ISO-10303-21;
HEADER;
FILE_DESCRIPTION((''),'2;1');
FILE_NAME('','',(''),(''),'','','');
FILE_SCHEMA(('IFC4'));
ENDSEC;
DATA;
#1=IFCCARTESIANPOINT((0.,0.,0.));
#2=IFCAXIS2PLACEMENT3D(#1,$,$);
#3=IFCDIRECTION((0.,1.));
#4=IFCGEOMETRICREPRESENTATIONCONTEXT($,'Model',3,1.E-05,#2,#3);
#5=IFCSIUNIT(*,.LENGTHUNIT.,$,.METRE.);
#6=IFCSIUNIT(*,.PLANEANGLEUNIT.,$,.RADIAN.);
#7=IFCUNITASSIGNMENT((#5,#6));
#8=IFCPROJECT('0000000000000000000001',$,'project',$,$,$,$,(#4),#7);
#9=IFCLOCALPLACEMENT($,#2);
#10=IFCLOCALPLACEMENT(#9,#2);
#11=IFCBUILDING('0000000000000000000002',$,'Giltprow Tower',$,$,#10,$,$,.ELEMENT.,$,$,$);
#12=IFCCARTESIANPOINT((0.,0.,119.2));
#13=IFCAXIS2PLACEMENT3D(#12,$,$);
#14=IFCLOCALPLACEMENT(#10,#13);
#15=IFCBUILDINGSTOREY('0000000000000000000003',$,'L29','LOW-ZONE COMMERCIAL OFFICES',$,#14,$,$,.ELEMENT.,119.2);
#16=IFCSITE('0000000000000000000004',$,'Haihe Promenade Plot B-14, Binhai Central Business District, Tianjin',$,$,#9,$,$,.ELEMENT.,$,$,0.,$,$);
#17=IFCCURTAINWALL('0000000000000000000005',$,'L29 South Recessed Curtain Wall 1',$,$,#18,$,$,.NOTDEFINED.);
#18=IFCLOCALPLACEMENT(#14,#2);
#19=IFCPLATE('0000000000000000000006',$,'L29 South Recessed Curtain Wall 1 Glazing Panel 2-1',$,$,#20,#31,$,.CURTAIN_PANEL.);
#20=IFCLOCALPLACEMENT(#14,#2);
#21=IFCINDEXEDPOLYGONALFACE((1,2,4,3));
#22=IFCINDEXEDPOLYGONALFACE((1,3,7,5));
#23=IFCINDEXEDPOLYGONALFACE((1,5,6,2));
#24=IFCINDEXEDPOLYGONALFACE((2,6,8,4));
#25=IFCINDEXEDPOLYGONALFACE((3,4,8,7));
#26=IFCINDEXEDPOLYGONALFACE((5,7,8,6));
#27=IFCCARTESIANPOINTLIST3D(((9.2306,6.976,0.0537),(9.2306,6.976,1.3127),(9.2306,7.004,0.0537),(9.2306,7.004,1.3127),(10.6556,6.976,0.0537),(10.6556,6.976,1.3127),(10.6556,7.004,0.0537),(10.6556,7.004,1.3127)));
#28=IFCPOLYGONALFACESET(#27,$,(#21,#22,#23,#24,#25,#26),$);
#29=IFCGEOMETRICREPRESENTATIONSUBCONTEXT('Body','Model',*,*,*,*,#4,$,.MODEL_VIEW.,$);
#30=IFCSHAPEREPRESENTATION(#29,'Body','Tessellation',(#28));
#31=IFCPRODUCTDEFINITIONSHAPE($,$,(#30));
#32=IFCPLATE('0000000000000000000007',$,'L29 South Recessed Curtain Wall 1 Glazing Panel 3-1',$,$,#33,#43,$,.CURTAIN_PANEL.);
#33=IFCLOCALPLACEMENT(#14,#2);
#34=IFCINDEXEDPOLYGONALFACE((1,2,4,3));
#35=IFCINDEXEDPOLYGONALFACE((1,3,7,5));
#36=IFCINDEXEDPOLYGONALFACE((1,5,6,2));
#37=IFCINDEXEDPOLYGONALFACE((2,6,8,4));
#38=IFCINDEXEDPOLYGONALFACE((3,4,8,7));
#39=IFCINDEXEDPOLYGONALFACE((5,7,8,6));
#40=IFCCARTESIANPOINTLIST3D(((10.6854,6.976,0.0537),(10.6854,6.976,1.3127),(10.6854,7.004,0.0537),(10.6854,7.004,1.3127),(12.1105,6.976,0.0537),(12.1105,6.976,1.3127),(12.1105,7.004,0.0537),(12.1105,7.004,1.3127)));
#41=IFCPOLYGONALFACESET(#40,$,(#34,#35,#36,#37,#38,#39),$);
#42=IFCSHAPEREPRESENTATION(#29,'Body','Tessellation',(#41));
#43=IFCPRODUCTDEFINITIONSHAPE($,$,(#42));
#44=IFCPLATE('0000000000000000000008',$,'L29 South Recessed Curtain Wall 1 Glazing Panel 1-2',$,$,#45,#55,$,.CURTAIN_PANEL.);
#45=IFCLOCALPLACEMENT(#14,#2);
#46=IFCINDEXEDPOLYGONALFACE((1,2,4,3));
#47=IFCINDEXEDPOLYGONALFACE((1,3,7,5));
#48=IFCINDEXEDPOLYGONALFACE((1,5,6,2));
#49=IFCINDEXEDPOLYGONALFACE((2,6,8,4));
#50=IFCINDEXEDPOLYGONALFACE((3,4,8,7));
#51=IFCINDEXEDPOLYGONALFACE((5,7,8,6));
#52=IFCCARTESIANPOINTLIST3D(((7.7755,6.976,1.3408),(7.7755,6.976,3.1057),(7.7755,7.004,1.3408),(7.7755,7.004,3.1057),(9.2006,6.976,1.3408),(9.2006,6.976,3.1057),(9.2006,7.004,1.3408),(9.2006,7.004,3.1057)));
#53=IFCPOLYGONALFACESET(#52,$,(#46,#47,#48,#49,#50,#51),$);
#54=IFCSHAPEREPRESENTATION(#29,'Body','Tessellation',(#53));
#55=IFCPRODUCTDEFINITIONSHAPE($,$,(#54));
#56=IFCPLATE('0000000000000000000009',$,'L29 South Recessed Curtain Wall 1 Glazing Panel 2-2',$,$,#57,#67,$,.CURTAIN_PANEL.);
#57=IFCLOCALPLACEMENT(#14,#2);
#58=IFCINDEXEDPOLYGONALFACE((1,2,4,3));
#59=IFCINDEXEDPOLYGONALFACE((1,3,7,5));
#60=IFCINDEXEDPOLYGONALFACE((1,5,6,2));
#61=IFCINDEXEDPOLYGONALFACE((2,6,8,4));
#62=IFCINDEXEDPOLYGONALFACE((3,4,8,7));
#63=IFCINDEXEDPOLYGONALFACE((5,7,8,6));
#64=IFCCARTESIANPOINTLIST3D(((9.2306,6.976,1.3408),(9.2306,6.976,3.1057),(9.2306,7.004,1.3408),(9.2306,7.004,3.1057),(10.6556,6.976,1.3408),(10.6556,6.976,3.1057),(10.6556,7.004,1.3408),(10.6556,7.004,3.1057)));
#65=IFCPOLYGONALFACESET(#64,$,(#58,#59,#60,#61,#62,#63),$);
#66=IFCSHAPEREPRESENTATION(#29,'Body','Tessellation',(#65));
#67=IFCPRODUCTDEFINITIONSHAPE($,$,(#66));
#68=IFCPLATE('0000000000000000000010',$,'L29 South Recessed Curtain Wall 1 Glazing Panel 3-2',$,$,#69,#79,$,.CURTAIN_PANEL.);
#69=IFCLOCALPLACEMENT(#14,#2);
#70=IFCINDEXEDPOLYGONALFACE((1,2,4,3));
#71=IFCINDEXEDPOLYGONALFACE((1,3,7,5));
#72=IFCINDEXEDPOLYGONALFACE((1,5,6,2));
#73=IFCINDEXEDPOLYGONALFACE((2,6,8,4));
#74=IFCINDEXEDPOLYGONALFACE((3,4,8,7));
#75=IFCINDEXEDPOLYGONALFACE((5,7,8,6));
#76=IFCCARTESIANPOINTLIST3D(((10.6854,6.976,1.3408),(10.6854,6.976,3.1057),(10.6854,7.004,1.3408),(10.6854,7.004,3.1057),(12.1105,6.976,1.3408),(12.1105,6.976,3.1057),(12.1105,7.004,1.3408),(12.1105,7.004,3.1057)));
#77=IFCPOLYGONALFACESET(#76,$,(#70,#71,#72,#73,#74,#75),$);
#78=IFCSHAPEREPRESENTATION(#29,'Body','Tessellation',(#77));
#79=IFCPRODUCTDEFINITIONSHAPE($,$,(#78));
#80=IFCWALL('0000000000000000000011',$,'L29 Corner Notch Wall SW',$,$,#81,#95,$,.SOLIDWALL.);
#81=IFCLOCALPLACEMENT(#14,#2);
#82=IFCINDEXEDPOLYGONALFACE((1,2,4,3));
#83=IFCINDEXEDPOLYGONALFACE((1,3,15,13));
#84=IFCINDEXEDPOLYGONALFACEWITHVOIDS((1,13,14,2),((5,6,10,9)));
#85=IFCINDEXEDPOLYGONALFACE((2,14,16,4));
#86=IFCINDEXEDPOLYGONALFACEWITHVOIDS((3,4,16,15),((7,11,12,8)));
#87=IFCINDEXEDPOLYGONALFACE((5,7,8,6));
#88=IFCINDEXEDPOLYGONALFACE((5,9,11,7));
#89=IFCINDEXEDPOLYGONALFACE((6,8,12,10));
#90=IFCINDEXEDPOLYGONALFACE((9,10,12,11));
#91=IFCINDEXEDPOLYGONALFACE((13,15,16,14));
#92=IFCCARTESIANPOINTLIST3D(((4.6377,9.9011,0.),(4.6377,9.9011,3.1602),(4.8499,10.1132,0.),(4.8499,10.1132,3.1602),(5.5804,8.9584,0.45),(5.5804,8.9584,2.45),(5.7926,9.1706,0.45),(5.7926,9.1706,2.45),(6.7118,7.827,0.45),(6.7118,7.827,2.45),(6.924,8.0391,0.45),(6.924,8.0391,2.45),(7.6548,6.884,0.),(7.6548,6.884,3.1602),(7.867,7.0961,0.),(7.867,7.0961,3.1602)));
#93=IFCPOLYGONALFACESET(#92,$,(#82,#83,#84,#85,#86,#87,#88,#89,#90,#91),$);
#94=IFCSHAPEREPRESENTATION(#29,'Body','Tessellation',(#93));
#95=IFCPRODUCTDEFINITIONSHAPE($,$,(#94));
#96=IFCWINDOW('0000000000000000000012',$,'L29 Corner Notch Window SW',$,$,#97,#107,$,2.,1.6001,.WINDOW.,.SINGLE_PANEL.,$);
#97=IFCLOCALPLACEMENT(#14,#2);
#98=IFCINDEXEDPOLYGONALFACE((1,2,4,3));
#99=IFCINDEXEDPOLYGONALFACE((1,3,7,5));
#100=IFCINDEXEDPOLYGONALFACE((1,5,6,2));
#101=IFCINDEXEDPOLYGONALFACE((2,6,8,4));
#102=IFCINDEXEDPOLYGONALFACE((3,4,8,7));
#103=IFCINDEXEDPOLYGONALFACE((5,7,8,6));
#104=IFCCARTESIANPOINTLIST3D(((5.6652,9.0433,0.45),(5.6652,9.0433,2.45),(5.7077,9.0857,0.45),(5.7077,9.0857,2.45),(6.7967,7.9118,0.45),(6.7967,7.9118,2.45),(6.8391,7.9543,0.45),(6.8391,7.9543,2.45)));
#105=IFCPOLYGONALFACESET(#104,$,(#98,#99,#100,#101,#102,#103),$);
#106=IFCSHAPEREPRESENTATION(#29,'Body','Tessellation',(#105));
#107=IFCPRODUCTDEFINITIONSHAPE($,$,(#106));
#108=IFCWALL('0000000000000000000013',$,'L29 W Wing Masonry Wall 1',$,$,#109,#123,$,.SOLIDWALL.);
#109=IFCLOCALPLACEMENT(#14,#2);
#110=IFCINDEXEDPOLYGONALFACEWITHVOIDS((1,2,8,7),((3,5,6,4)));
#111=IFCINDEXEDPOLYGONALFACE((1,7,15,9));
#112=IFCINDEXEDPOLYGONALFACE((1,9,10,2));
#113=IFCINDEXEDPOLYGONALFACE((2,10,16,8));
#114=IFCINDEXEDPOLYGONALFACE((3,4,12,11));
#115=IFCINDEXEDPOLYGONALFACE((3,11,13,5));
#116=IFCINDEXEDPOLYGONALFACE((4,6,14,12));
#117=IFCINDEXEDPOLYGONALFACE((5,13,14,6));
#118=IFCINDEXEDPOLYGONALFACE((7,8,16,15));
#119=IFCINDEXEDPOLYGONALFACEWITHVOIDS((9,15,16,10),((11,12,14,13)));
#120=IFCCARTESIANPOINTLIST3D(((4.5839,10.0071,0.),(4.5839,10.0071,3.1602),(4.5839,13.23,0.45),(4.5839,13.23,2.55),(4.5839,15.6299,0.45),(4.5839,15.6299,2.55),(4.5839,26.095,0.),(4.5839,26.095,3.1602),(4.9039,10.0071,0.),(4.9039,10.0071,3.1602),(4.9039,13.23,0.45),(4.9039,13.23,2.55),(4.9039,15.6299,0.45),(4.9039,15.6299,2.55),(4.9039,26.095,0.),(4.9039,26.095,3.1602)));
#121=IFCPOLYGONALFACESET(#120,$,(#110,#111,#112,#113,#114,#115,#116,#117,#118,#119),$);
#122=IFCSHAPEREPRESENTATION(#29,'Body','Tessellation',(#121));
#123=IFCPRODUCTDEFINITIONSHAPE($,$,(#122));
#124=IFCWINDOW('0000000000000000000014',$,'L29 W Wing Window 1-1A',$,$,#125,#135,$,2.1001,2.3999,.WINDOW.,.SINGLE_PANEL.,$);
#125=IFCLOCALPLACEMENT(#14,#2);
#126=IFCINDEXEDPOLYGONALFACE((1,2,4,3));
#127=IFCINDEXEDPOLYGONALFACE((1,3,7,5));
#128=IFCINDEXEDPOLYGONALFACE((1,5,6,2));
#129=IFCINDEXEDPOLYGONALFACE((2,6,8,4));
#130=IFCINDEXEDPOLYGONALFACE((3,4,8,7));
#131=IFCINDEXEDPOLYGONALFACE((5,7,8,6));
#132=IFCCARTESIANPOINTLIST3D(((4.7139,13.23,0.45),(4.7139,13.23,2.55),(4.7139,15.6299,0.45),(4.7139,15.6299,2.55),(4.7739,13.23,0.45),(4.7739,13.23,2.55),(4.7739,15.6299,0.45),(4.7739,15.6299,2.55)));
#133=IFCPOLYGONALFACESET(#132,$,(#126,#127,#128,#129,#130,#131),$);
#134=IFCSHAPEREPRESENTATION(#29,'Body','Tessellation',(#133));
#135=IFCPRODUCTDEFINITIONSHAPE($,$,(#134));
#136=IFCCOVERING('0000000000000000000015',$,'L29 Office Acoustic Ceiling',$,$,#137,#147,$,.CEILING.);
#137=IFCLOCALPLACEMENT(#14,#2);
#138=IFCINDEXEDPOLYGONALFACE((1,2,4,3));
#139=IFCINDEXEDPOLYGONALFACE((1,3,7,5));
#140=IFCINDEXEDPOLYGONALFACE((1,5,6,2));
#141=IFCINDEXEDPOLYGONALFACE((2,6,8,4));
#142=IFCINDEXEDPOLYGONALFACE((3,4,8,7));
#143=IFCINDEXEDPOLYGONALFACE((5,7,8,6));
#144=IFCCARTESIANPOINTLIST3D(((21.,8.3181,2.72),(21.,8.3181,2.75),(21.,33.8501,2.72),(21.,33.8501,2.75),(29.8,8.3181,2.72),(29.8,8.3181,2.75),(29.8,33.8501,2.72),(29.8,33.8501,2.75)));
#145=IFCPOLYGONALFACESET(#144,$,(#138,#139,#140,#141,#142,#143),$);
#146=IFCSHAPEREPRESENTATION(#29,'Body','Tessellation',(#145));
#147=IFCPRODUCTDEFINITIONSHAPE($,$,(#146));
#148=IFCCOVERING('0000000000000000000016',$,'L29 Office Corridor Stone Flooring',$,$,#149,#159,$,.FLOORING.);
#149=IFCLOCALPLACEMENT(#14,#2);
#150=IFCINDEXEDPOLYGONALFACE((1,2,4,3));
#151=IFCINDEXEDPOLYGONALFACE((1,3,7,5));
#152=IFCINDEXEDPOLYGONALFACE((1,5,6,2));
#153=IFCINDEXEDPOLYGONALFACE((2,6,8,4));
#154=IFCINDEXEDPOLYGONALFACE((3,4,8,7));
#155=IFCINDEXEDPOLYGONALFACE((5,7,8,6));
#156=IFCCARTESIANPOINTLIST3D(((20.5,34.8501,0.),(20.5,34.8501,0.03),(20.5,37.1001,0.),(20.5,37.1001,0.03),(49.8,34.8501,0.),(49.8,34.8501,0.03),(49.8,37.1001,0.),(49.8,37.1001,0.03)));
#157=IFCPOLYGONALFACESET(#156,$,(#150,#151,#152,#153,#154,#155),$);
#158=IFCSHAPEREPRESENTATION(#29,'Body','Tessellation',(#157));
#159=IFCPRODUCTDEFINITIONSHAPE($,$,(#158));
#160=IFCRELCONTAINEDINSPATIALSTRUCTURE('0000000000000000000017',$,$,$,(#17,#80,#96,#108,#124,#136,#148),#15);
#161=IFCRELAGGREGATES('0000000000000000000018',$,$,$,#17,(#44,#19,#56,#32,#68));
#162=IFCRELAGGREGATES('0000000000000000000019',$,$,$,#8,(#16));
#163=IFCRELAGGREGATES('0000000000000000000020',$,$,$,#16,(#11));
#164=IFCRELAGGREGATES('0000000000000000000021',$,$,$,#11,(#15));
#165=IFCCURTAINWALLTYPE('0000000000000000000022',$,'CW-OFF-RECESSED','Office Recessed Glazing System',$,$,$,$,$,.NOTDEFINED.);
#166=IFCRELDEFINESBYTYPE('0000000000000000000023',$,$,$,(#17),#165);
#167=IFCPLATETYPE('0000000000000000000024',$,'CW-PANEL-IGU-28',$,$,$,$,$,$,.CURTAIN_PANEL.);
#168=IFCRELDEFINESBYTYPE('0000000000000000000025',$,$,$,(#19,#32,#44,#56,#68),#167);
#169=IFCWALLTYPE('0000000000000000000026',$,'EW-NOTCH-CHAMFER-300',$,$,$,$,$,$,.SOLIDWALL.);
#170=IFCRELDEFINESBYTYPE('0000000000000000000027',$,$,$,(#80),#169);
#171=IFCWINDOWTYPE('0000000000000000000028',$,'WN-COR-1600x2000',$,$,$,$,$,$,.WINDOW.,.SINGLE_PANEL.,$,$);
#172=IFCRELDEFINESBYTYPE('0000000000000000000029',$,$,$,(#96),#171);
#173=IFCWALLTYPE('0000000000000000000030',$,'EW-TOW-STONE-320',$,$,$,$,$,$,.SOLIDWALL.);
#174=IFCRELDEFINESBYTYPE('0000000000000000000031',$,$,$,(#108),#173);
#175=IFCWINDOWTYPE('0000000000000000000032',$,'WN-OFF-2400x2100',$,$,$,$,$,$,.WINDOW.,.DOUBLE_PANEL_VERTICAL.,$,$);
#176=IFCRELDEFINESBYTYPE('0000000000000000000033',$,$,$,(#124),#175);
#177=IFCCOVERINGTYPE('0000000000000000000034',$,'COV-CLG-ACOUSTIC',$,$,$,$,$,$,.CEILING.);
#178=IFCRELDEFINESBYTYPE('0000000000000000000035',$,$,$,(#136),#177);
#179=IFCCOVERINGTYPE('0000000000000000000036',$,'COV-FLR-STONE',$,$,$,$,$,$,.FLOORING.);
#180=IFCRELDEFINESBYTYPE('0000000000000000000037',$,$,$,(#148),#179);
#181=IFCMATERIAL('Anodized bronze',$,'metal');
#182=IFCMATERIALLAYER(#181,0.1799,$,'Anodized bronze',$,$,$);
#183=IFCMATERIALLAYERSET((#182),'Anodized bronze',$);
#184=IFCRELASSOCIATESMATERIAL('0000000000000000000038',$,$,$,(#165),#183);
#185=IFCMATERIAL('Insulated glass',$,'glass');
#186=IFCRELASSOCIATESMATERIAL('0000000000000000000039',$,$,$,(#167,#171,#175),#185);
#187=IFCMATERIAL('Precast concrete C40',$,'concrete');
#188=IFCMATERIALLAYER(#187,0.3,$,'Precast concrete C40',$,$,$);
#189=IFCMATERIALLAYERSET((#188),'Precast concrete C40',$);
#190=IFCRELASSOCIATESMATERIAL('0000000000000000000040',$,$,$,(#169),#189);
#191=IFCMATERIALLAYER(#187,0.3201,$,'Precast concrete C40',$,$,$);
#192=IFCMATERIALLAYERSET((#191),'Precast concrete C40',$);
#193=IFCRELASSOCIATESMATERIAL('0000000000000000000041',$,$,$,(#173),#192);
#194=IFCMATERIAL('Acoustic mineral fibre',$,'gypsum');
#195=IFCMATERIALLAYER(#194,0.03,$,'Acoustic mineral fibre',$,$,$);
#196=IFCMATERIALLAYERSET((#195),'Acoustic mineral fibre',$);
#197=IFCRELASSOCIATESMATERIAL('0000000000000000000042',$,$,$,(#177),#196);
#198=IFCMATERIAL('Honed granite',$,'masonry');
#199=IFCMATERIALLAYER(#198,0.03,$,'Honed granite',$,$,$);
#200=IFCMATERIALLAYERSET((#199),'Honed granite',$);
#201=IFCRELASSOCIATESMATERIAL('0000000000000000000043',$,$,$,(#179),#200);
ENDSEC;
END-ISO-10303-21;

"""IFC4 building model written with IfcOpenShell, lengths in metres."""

from ifc_helpers import new_model, si_unit, direction, frame, frame_2d, origin, origin_2d, place, context, subcontext, project, spatial, polyline, rectangle, outline, extrude, source, transform, mapped, material, layer, layer_set, type_object, element, fill, aggregate, save


model = new_model("IFC4")

# Units and contexts
model_context = context("Model", 3, precision=1e-05, world=origin(), true_north=direction((0.0, 1.0)))
body_context = subcontext(model_context, "Body", "Model", "MODEL_VIEW")
ifc_project = project(units=[si_unit("LENGTHUNIT", "METRE"), si_unit("PLANEANGLEUNIT", "RADIAN")], contexts=[model_context])

# Site, building, storey
site_placement = place(None, origin())
site = spatial("IfcSite", under=ifc_project, at=site_placement, Name="Haihe Promenade Plot B-14, Binhai Central Business District, Tianjin", CompositionType="ELEMENT", RefElevation=0.0)
building_placement = place(site_placement, origin())
building = spatial("IfcBuilding", under=site, at=building_placement, Name="Giltprow Tower", CompositionType="ELEMENT")
storey_placement = place(building_placement, frame((0.0, 0.0, 119.2)))
storey = spatial("IfcBuildingStorey", under=building, at=storey_placement, Name="L29", Description="LOW-ZONE COMMERCIAL OFFICES", CompositionType="ELEMENT", Elevation=119.2)

# Curtain wall
ifc_material_1 = material(Name="Anodized bronze", Category="metal")
ifc_layer_1 = layer(ifc_material_1, 0.1799, Name="Anodized bronze")
ifc_layer_set_1 = layer_set([ifc_layer_1], Name="Anodized bronze")
curtain_wall_type = type_object("IfcCurtainWallType", Name="CW-OFF-RECESSED", Description="Office Recessed Glazing System", PredefinedType="NOTDEFINED", material=ifc_layer_set_1)
curtain_wall_placement = place(storey_placement, origin())
curtain_wall = element("IfcCurtainWall", 1, at=curtain_wall_placement, inside=storey, type_object=curtain_wall_type, Name="L29 South Recessed Curtain Wall 1", PredefinedType="NOTDEFINED")

# Plates
ifc_material_2 = material(Name="Insulated glass", Category="glass")
plate_type_1 = type_object("IfcPlateType", Name="CW-PANEL-IGU-28", PredefinedType="CURTAIN_PANEL", material=ifc_material_2)
shared_shape_1 = source(origin(), body_context, "Body", "SweptSolid", [
    extrude(rectangle(XDim=1.425, YDim=0.0281, at=origin_2d()), origin(), (0.0, 0.0, 1.0), 1.259),
])
plate_1_placement = place(storey_placement, frame((9.9431, 6.99, 0.0537), z_axis=(0.0, 0.0, 1.0), x_axis=(1.0, 0.0, 0.0)))
plate_1 = element("IfcPlate", 2, at=plate_1_placement, type_object=plate_type_1, Name="L29 South Recessed Curtain Wall 1 Glazing Panel 2-1", PredefinedType="CURTAIN_PANEL", context=body_context, shape_type="MappedRepresentation", body=[
    mapped(shared_shape_1, transform((0.0, 0.0, 0.0), x_axis=(1.0, 0.0, 0.0), y_axis=(0.0, 1.0, 0.0), z_axis=(0.0, 0.0, 1.0), scale=1.0)),
])
plate_2_placement = place(storey_placement, frame((11.3979, 6.99, 0.0537), z_axis=(0.0, 0.0, 1.0), x_axis=(1.0, 0.0, 0.0)))
plate_2 = element("IfcPlate", 3, at=plate_2_placement, type_object=plate_type_1, Name="L29 South Recessed Curtain Wall 1 Glazing Panel 3-1", PredefinedType="CURTAIN_PANEL", context=body_context, shape_type="MappedRepresentation", body=[
    mapped(shared_shape_1, transform((0.0, 0.0, 0.0), x_axis=(1.0, 0.0, 0.0), y_axis=(0.0, 1.0, 0.0), z_axis=(0.0, 0.0, 1.0), scale=1.0)),
])
shared_shape_2 = source(origin(), body_context, "Body", "SweptSolid", [
    extrude(rectangle(XDim=1.425, YDim=0.0281, at=origin_2d()), origin(), (0.0, 0.0, 1.0), 1.7649),
])
plate_3_placement = place(storey_placement, frame((8.488, 6.99, 1.3408), z_axis=(0.0, 0.0, 1.0), x_axis=(1.0, 0.0, 0.0)))
plate_3 = element("IfcPlate", 4, at=plate_3_placement, type_object=plate_type_1, Name="L29 South Recessed Curtain Wall 1 Glazing Panel 1-2", PredefinedType="CURTAIN_PANEL", context=body_context, shape_type="MappedRepresentation", body=[
    mapped(shared_shape_2, transform((0.0, 0.0, 0.0), x_axis=(1.0, 0.0, 0.0), y_axis=(0.0, 1.0, 0.0), z_axis=(0.0, 0.0, 1.0), scale=1.0)),
])
plate_4_placement = place(storey_placement, frame((9.9431, 6.99, 1.3408), z_axis=(0.0, 0.0, 1.0), x_axis=(1.0, 0.0, 0.0)))
plate_4 = element("IfcPlate", 5, at=plate_4_placement, type_object=plate_type_1, Name="L29 South Recessed Curtain Wall 1 Glazing Panel 2-2", PredefinedType="CURTAIN_PANEL", context=body_context, shape_type="MappedRepresentation", body=[
    mapped(shared_shape_2, transform((0.0, 0.0, 0.0), x_axis=(1.0, 0.0, 0.0), y_axis=(0.0, 1.0, 0.0), z_axis=(0.0, 0.0, 1.0), scale=1.0)),
])
plate_5_placement = place(storey_placement, frame((11.3979, 6.99, 1.3408), z_axis=(0.0, 0.0, 1.0), x_axis=(1.0, 0.0, 0.0)))
plate_5 = element("IfcPlate", 6, at=plate_5_placement, type_object=plate_type_1, Name="L29 South Recessed Curtain Wall 1 Glazing Panel 3-2", PredefinedType="CURTAIN_PANEL", context=body_context, shape_type="MappedRepresentation", body=[
    mapped(shared_shape_2, transform((0.0, 0.0, 0.0), x_axis=(1.0, 0.0, 0.0), y_axis=(0.0, 1.0, 0.0), z_axis=(0.0, 0.0, 1.0), scale=1.0)),
])
aggregate(curtain_wall, [plate_3, plate_1, plate_4, plate_2, plate_5])

# Walls, openings, windows
ifc_material_3 = material(Name="Precast concrete C40", Category="concrete")
ifc_layer_2 = layer(ifc_material_3, 0.3, Name="Precast concrete C40")
ifc_layer_set_2 = layer_set([ifc_layer_2], Name="Precast concrete C40")
wall_type_1 = type_object("IfcWallType", Name="EW-NOTCH-CHAMFER-300", PredefinedType="SOLIDWALL", material=ifc_layer_set_2)
wall_1_placement = place(storey_placement, frame((4.7439, 10.0071, 0.0), z_axis=(0.0, 0.0, 1.0), x_axis=(0.707107, -0.707107, 0.0)))
wall_1 = element("IfcWall", 7, at=wall_1_placement, inside=storey, type_object=wall_type_1, Name="L29 Corner Notch Wall SW", PredefinedType="SOLIDWALL", context=body_context, shape_type="SweptSolid", body=[
    extrude(rectangle(XDim=4.2668, YDim=0.3, at=frame_2d((2.1333, 0.0))), origin(), (0.0, 0.0, 1.0), 3.1602),
])
opening_1_placement = place(wall_1_placement, frame((1.333, 0.0, 0.45)))
opening_1 = element("IfcOpeningElement", 8, at=opening_1_placement, cuts=wall_1, PredefinedType="OPENING", context=body_context, shape_type="SweptSolid", body=[
    extrude(rectangle(XDim=1.6001, YDim=2.0, at=frame_2d((0.8, 1.0))), frame((0.0, 0.1599, 0.0), z_axis=(0.0, -1.0, 0.0), x_axis=(1.0, 0.0, 0.0)), (0.0, 0.0, 1.0), 0.3201),
])
window_type_1 = type_object("IfcWindowType", Name="WN-COR-1600x2000", PartitioningType="SINGLE_PANEL", PredefinedType="WINDOW", material=ifc_material_2)
shared_shape_3 = source(origin(), body_context, "Body", "SweptSolid", [
    extrude(rectangle(XDim=1.6001, YDim=2.0, at=frame_2d((0.8, 1.0))), frame((0.0, 0.03, 0.0), z_axis=(0.0, -1.0, 0.0), x_axis=(1.0, 0.0, 0.0)), (0.0, 0.0, 1.0), 0.0601),
])
window_1_placement = place(opening_1_placement, origin())
window_1 = element("IfcWindow", 9, at=window_1_placement, inside=storey, type_object=window_type_1, Name="L29 Corner Notch Window SW", OverallHeight=2.0, OverallWidth=1.6001, PartitioningType="SINGLE_PANEL", PredefinedType="WINDOW", context=body_context, shape_type="MappedRepresentation", body=[
    mapped(shared_shape_3, transform((0.0, 0.0, 0.0), x_axis=(1.0, 0.0, 0.0), y_axis=(0.0, 1.0, 0.0), z_axis=(0.0, 0.0, 1.0), scale=1.0)),
])
fill(opening_1, window_1)
ifc_layer_3 = layer(ifc_material_3, 0.3201, Name="Precast concrete C40")
ifc_layer_set_3 = layer_set([ifc_layer_3], Name="Precast concrete C40")
wall_type_2 = type_object("IfcWallType", Name="EW-TOW-STONE-320", PredefinedType="SOLIDWALL", material=ifc_layer_set_3)
wall_2_placement = place(storey_placement, frame((4.7439, 10.0071, 0.0), z_axis=(0.0, 0.0, 1.0), x_axis=(0.0, 1.0, 0.0)))
wall_2 = element("IfcWall", 10, at=wall_2_placement, inside=storey, type_object=wall_type_2, Name="L29 W Wing Masonry Wall 1", PredefinedType="SOLIDWALL", context=body_context, shape_type="SweptSolid", body=[
    extrude(rectangle(XDim=16.0879, YDim=0.3201, at=frame_2d((8.0439, 0.0))), origin(), (0.0, 0.0, 1.0), 3.1602),
])
opening_2_placement = place(wall_2_placement, frame((3.2229, 0.0, 0.45)))
opening_2 = element("IfcOpeningElement", 11, at=opening_2_placement, cuts=wall_2, PredefinedType="OPENING", context=body_context, shape_type="SweptSolid", body=[
    extrude(rectangle(XDim=2.3999, YDim=2.1001, at=frame_2d((1.2, 1.05))), frame((0.0, 0.1699, 0.0), z_axis=(0.0, -1.0, 0.0), x_axis=(1.0, 0.0, 0.0)), (0.0, 0.0, 1.0), 0.3401),
])
window_type_2 = type_object("IfcWindowType", Name="WN-OFF-2400x2100", PartitioningType="DOUBLE_PANEL_VERTICAL", PredefinedType="WINDOW", material=ifc_material_2)
shared_shape_4 = source(origin(), body_context, "Body", "SweptSolid", [
    extrude(rectangle(XDim=2.3999, YDim=2.1001, at=frame_2d((1.2, 1.05))), frame((0.0, 0.03, 0.0), z_axis=(0.0, -1.0, 0.0), x_axis=(1.0, 0.0, 0.0)), (0.0, 0.0, 1.0), 0.0601),
])
window_2_placement = place(opening_2_placement, origin())
window_2 = element("IfcWindow", 12, at=window_2_placement, inside=storey, type_object=window_type_2, Name="L29 W Wing Window 1-1A", OverallHeight=2.1001, OverallWidth=2.3999, PartitioningType="SINGLE_PANEL", PredefinedType="WINDOW", context=body_context, shape_type="MappedRepresentation", body=[
    mapped(shared_shape_4, transform((0.0, 0.0, 0.0), x_axis=(1.0, 0.0, 0.0), y_axis=(0.0, 1.0, 0.0), z_axis=(0.0, 0.0, 1.0), scale=1.0)),
])
fill(opening_2, window_2)

# Coverings
ifc_material_4 = material(Name="Acoustic mineral fibre", Category="gypsum")
ifc_layer_4 = layer(ifc_material_4, 0.03, Name="Acoustic mineral fibre")
ifc_layer_set_4 = layer_set([ifc_layer_4], Name="Acoustic mineral fibre")
covering_type_1 = type_object("IfcCoveringType", Name="COV-CLG-ACOUSTIC", PredefinedType="CEILING", material=ifc_layer_set_4)
covering_1_placement = place(storey_placement, frame((0.0, 0.0, 2.72)))
element("IfcCovering", 13, at=covering_1_placement, inside=storey, type_object=covering_type_1, Name="L29 Office Acoustic Ceiling", PredefinedType="CEILING", context=body_context, shape_type="SweptSolid", body=[
    extrude(outline(polyline([(21.0, 8.3181), (29.8, 8.3181), (29.8, 33.8501), (21.0, 33.8501), (21.0, 8.3181)])), origin(), (0.0, 0.0, 1.0), 0.03),
])
ifc_material_5 = material(Name="Honed granite", Category="masonry")
ifc_layer_5 = layer(ifc_material_5, 0.03, Name="Honed granite")
ifc_layer_set_5 = layer_set([ifc_layer_5], Name="Honed granite")
covering_type_2 = type_object("IfcCoveringType", Name="COV-FLR-STONE", PredefinedType="FLOORING", material=ifc_layer_set_5)
covering_2_placement = place(storey_placement, origin())
element("IfcCovering", 14, at=covering_2_placement, inside=storey, type_object=covering_type_2, Name="L29 Office Corridor Stone Flooring", PredefinedType="FLOORING", context=body_context, shape_type="SweptSolid", body=[
    extrude(outline(polyline([(20.5, 34.8501), (49.8, 34.8501), (49.8, 37.1001), (20.5, 37.1001), (20.5, 34.8501)])), origin(), (0.0, 0.0, 1.0), 0.03),
])

save(model, "model.ifc")
